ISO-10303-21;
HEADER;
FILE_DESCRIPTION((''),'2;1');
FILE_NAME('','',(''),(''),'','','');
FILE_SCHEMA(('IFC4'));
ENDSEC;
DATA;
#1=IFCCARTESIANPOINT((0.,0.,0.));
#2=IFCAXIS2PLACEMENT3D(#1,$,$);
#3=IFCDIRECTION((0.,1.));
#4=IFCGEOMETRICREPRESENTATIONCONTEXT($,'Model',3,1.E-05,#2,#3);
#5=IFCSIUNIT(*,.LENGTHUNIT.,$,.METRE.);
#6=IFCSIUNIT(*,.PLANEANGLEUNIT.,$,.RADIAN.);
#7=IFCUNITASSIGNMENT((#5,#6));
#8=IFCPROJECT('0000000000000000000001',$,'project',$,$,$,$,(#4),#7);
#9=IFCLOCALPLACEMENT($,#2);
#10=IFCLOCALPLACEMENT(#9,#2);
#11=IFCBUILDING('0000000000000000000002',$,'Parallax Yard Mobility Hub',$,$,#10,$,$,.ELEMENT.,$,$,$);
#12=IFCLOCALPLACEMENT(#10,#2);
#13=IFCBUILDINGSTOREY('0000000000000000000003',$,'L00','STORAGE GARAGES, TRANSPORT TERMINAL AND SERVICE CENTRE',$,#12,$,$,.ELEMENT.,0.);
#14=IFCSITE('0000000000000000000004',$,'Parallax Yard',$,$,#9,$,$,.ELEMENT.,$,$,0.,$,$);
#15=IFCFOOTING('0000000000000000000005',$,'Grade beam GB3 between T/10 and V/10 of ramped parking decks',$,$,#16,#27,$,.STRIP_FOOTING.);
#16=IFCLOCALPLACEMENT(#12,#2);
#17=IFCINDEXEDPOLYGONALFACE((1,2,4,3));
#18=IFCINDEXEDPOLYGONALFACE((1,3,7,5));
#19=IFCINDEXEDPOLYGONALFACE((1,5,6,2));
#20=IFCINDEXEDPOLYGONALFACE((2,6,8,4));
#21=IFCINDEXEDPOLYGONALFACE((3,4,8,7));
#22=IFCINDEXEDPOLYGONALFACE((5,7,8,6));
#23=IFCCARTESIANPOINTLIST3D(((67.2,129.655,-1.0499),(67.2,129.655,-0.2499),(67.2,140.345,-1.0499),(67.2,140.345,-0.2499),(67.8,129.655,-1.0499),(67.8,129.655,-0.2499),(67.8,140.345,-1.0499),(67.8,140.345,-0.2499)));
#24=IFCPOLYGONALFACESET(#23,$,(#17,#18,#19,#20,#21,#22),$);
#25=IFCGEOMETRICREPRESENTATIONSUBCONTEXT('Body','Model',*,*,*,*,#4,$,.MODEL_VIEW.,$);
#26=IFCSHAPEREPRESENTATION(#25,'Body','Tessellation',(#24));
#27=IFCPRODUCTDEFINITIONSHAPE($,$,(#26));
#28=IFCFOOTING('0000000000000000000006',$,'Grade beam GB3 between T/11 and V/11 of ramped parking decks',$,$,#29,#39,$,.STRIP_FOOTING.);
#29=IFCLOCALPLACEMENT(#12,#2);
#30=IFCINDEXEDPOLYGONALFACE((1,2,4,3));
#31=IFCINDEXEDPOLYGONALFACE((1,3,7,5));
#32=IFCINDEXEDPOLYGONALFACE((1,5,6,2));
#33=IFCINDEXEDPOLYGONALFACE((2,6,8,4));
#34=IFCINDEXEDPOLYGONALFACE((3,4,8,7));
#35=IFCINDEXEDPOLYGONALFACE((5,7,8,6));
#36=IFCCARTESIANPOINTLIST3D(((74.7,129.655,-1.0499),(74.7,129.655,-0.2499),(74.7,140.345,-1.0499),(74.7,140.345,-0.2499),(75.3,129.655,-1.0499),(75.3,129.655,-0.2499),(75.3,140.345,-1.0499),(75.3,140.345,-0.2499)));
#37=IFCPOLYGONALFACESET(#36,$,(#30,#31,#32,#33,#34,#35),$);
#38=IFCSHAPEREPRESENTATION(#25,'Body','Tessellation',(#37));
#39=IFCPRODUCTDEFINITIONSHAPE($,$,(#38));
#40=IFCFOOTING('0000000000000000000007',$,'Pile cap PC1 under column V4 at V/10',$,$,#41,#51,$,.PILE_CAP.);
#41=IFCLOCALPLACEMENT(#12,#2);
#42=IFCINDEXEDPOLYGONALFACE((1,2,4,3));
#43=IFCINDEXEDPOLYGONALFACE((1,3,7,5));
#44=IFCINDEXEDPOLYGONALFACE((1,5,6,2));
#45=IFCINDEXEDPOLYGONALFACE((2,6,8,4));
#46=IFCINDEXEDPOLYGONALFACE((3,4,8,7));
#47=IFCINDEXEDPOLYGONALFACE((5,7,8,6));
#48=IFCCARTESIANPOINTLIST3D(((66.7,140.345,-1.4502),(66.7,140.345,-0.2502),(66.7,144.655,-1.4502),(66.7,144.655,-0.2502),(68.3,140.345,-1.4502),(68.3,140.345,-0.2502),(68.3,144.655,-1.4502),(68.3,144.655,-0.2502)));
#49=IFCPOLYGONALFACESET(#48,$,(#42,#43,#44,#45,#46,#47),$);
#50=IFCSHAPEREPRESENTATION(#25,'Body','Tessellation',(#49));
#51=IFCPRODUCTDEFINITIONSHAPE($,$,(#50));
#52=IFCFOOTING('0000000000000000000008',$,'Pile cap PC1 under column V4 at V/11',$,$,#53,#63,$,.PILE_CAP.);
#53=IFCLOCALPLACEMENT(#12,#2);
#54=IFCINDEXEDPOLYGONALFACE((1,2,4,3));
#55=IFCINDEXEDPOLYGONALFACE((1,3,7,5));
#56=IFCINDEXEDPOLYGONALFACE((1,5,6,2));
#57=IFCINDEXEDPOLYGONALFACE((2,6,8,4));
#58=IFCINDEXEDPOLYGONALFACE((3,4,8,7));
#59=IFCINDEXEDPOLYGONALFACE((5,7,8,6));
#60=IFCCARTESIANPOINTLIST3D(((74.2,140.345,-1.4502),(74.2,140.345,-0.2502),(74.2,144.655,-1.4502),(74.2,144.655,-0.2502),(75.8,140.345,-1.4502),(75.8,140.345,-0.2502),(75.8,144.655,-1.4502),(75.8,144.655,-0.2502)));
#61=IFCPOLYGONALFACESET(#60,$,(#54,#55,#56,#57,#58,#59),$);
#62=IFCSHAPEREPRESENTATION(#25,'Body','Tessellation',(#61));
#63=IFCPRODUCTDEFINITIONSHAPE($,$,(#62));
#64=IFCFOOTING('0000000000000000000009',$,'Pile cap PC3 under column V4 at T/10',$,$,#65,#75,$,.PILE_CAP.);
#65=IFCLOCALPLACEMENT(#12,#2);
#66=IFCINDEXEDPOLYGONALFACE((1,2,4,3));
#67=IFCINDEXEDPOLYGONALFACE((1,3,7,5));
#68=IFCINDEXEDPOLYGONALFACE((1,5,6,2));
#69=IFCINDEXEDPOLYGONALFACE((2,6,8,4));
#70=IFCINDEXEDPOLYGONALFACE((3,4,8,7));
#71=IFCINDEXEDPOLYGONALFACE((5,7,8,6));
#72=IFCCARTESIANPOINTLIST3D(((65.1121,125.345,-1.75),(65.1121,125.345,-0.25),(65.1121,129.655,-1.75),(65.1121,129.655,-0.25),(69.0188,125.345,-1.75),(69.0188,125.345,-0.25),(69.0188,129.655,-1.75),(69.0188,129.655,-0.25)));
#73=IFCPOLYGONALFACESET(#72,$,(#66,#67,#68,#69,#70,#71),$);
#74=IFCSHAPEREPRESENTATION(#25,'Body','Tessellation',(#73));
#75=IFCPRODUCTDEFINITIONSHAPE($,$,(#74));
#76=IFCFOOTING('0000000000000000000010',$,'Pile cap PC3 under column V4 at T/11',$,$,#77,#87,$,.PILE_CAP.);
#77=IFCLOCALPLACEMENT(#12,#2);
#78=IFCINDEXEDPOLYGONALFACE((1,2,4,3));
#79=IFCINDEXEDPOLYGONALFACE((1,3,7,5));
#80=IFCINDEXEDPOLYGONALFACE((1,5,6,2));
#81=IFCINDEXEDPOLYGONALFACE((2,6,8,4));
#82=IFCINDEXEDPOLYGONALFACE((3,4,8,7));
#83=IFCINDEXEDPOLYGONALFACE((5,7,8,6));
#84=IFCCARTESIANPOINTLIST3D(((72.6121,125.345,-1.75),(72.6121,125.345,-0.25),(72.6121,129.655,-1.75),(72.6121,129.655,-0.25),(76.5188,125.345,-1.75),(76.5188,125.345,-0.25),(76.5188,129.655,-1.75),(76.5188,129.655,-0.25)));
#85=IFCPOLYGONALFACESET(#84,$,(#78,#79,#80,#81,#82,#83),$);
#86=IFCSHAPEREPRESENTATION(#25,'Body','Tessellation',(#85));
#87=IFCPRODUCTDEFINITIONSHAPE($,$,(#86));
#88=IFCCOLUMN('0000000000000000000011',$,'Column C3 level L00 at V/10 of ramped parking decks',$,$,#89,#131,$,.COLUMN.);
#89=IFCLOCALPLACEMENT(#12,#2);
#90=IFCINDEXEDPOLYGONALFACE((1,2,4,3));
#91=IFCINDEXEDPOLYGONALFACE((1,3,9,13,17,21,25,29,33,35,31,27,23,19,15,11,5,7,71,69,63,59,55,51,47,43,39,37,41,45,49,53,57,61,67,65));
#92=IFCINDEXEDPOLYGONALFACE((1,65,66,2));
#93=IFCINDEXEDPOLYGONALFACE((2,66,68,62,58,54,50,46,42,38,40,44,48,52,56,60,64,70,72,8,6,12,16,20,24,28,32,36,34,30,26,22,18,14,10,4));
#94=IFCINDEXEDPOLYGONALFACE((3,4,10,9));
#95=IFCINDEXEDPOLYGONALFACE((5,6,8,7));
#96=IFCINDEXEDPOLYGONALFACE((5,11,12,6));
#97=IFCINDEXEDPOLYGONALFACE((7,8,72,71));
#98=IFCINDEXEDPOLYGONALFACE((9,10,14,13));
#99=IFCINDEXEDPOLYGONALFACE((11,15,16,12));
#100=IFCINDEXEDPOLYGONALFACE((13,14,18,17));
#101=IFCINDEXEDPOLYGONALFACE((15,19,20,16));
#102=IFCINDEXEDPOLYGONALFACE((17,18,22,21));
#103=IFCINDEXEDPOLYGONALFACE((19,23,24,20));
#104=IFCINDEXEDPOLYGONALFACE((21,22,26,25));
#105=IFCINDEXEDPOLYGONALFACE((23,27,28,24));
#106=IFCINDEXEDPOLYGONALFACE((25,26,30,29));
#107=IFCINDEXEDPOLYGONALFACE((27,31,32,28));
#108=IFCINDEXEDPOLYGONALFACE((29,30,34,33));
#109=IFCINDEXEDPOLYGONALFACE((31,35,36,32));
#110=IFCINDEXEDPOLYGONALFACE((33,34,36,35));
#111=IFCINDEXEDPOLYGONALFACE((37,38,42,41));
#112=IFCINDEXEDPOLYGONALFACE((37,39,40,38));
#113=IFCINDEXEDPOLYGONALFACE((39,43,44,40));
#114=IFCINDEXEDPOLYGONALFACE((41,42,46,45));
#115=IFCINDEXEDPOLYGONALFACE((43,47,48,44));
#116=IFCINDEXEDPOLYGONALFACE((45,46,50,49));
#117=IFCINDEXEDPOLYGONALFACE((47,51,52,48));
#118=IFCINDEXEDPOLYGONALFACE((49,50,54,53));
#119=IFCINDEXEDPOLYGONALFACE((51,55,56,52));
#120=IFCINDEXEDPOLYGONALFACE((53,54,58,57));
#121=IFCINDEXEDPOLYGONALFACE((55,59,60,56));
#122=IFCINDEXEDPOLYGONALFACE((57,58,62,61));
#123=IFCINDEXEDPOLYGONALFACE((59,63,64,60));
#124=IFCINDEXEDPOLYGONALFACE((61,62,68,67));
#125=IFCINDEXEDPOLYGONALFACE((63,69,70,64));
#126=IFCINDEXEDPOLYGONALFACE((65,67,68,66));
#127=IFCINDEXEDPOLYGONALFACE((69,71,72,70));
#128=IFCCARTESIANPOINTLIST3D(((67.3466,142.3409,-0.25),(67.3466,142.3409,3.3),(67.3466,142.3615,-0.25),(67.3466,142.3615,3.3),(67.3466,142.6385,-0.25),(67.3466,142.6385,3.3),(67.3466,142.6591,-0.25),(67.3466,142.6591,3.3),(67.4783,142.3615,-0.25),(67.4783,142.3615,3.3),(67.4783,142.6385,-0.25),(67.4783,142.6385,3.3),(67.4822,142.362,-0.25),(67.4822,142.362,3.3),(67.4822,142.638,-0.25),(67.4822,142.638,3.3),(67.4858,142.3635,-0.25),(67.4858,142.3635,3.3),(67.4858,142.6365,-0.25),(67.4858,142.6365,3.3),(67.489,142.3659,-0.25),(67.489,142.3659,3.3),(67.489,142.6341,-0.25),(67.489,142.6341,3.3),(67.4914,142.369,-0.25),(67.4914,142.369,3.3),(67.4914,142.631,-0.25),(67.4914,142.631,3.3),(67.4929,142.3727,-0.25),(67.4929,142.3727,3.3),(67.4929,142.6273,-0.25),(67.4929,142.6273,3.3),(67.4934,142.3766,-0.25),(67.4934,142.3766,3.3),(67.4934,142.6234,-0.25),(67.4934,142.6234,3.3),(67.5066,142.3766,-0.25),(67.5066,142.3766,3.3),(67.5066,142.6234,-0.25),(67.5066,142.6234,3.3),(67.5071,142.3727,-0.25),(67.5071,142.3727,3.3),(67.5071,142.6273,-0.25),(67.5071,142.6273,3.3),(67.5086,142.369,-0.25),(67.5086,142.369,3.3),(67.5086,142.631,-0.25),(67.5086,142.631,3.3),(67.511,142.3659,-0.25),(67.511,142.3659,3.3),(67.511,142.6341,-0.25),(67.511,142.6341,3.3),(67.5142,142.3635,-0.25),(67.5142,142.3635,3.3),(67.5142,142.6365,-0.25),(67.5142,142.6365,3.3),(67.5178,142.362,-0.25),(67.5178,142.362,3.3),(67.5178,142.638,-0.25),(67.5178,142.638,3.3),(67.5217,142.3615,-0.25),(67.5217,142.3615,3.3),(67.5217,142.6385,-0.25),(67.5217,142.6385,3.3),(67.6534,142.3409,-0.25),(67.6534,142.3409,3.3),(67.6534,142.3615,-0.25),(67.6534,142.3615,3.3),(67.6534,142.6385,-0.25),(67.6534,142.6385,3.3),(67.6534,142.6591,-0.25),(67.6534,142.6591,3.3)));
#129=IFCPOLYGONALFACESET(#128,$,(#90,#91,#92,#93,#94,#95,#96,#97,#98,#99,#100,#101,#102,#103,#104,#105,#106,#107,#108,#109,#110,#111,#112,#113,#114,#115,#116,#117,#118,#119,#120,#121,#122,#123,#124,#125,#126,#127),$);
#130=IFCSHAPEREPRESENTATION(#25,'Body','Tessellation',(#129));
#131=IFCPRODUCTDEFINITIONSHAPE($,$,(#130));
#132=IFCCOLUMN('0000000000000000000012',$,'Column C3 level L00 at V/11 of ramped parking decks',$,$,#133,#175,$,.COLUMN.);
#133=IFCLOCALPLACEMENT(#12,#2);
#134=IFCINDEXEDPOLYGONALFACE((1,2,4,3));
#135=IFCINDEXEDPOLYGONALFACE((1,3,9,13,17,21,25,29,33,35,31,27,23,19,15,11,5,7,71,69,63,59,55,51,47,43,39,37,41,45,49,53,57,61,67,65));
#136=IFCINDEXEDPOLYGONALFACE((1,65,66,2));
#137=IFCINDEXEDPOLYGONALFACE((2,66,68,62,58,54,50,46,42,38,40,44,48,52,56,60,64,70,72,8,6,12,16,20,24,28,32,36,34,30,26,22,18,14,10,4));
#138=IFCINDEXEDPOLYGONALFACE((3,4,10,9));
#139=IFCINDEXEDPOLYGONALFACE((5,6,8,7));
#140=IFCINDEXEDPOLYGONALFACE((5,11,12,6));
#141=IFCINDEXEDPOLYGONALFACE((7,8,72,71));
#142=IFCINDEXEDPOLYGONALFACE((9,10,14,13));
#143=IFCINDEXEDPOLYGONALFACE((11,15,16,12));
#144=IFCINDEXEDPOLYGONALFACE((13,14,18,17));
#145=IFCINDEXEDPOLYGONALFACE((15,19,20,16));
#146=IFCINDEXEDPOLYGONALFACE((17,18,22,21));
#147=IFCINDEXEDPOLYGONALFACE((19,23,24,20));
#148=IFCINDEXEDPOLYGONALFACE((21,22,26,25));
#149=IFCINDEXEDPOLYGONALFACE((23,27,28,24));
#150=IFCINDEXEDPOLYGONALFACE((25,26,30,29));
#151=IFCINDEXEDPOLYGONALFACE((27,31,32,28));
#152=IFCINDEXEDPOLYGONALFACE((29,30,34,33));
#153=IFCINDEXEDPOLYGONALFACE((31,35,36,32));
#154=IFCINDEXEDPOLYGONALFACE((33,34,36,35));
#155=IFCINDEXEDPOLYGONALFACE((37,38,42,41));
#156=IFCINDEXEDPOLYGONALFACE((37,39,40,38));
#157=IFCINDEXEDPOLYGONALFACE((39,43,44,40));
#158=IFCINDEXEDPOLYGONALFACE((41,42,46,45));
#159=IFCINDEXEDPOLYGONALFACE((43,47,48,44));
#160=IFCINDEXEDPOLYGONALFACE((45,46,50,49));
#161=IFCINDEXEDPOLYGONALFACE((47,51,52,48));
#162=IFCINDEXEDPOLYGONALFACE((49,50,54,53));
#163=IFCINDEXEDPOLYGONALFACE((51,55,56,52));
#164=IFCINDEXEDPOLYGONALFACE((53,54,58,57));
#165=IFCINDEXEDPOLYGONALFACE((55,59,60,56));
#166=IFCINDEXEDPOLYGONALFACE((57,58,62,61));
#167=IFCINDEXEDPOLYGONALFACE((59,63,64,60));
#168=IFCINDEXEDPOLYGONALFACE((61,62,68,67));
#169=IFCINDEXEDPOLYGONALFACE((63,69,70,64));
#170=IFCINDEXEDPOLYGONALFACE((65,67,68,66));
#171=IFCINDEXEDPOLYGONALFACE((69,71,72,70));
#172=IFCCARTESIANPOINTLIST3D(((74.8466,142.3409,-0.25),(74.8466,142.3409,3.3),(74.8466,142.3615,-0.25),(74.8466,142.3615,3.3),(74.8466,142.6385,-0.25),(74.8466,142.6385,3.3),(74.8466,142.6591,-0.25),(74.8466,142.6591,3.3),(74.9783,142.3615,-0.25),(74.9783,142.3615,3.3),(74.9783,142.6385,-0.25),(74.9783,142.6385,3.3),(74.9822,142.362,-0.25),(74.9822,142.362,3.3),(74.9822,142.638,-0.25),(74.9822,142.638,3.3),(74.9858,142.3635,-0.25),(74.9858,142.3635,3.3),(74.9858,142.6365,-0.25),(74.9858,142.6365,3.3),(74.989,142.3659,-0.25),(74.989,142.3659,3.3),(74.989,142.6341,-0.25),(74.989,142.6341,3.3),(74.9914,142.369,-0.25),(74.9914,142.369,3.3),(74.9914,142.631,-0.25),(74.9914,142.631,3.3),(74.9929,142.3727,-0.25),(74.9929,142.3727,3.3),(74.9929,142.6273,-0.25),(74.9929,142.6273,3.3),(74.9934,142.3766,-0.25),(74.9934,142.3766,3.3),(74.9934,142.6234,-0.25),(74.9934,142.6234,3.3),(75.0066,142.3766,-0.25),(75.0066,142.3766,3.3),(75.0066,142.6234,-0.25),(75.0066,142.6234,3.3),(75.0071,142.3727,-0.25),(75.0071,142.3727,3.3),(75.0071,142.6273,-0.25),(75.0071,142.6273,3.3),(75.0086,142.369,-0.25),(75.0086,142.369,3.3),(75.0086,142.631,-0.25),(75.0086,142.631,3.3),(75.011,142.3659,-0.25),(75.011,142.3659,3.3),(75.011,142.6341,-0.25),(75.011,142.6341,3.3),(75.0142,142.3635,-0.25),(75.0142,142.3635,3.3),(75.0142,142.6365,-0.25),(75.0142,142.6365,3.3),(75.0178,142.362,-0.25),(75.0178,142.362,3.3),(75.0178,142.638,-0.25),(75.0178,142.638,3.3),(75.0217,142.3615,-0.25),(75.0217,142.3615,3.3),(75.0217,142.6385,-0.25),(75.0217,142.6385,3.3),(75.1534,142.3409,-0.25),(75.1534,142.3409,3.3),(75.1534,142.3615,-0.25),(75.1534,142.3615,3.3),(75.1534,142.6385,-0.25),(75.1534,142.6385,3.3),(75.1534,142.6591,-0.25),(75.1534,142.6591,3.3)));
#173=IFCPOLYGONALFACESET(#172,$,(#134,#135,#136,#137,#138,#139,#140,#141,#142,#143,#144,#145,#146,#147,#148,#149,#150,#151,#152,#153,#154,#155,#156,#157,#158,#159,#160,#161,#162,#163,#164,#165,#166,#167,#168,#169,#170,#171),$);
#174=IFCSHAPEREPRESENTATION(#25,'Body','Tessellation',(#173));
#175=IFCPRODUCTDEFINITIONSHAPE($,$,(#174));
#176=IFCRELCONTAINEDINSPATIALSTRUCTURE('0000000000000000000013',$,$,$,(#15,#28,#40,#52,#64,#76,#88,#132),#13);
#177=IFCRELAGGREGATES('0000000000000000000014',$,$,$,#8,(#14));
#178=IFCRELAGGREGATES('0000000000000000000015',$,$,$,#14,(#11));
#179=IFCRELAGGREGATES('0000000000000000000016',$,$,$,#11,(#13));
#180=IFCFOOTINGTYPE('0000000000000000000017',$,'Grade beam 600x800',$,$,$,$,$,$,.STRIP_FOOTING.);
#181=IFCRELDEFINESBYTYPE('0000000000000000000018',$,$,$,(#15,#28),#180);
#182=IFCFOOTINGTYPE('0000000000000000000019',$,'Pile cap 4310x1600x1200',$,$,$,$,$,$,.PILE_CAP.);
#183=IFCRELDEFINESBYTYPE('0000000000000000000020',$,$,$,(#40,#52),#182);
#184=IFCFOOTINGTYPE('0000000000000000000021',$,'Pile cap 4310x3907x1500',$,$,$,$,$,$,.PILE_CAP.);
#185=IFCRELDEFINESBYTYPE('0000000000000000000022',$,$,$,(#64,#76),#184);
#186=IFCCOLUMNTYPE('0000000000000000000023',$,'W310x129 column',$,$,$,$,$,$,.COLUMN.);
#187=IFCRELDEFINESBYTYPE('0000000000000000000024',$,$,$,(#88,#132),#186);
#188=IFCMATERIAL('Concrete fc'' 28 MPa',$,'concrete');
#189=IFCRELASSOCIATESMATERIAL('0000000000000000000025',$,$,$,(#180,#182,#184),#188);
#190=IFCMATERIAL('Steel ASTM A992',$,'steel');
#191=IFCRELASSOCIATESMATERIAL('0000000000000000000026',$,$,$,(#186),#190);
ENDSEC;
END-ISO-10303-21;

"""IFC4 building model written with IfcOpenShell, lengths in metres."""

from ifc_helpers import new_model, si_unit, direction, frame, origin, origin_2d, place, context, subcontext, project, spatial, rectangle, i_section, extrude, material, material_profile, profile_set, type_object, element, save


model = new_model("IFC4")

# Units and contexts
model_context = context("Model", 3, precision=1e-05, world=origin(), true_north=direction((0.0, 1.0)))
body_context = subcontext(model_context, "Body", "Model", "MODEL_VIEW")
ifc_project = project(units=[si_unit("LENGTHUNIT", "METRE"), si_unit("PLANEANGLEUNIT", "RADIAN")], contexts=[model_context])

# Site, building, storey
site_placement = place(None, origin())
site = spatial("IfcSite", under=ifc_project, at=site_placement, Name="Parallax Yard", CompositionType="ELEMENT", RefElevation=0.0)
building_placement = place(site_placement, origin())
building = spatial("IfcBuilding", under=site, at=building_placement, Name="Parallax Yard Mobility Hub", CompositionType="ELEMENT")
storey_placement = place(building_placement, origin())
storey = spatial("IfcBuildingStorey", under=building, at=storey_placement, Name="L00", Description="STORAGE GARAGES, TRANSPORT TERMINAL AND SERVICE CENTRE", CompositionType="ELEMENT", Elevation=0.0)

# Shared definitions
ifc_material_1 = material(Name="Concrete fc' 28 MPa", Category="concrete")

# Footings
ifc_material_profile_1 = material_profile(ifc_material_1, rectangle(XDim=0.6001, YDim=0.8, at=origin_2d()), Name="Grade beam 600x800")
ifc_profile_set_1 = profile_set([ifc_material_profile_1], Name="Concrete fc' 28 MPa")
footing_type_1 = type_object("IfcFootingType", Name="Grade beam 600x800", PredefinedType="STRIP_FOOTING", material=ifc_profile_set_1)
for number, where, z_axis, x_axis, name in (
    (1, (67.5, 129.655, -0.6499), (0.0, 1.0, 0.0), (-1.0, 0.0, 0.0), "Grade beam GB3 between T/10 and V/10 of ramped parking decks"),
    (2, (75.0, 129.655, -0.6499), (0.0, 1.0, 0.0), (-1.0, 0.0, 0.0), "Grade beam GB3 between T/11 and V/11 of ramped parking decks"),
):
    element("IfcFooting", number, at=place(storey_placement, frame(where, z_axis=z_axis, x_axis=x_axis)), inside=storey, type_object=footing_type_1, Name=name, PredefinedType="STRIP_FOOTING", context=body_context, shape_type="SweptSolid", body=[
        extrude(rectangle(XDim=0.6001, YDim=0.8, at=origin_2d()), origin(), (0.0, 0.0, 1.0), 10.6899),
    ])
footing_type_2 = type_object("IfcFootingType", Name="Pile cap 4310x1600x1200", PredefinedType="PILE_CAP", material=ifc_material_1)
for number, where, z_axis, x_axis, name in (
    (3, (67.5, 142.5, -1.4502), (0.0, 0.0, 1.0), (0.0, 1.0, 0.0), "Pile cap PC1 under column V4 at V/10"),
    (4, (75.0, 142.5, -1.4502), (0.0, 0.0, 1.0), (0.0, 1.0, 0.0), "Pile cap PC1 under column V4 at V/11"),
):
    element("IfcFooting", number, at=place(storey_placement, frame(where, z_axis=z_axis, x_axis=x_axis)), inside=storey, type_object=footing_type_2, Name=name, PredefinedType="PILE_CAP", context=body_context, shape_type="SweptSolid", body=[
        extrude(rectangle(XDim=4.3101, YDim=1.6001, at=origin_2d()), origin(), (0.0, 0.0, 1.0), 1.2),
    ])
footing_type_3 = type_object("IfcFootingType", Name="Pile cap 4310x3907x1500", PredefinedType="PILE_CAP", material=ifc_material_1)
for number, where, z_axis, x_axis, name in (
    (5, (67.0654, 127.5, -1.75), (0.0, 0.0, 1.0), (0.0, 1.0, 0.0), "Pile cap PC3 under column V4 at T/10"),
    (6, (74.5654, 127.5, -1.75), (0.0, 0.0, 1.0), (0.0, 1.0, 0.0), "Pile cap PC3 under column V4 at T/11"),
):
    element("IfcFooting", number, at=place(storey_placement, frame(where, z_axis=z_axis, x_axis=x_axis)), inside=storey, type_object=footing_type_3, Name=name, PredefinedType="PILE_CAP", context=body_context, shape_type="SweptSolid", body=[
        extrude(rectangle(XDim=4.3101, YDim=3.9067, at=origin_2d()), origin(), (0.0, 0.0, 1.0), 1.5),
    ])

# Columns
ifc_material_2 = material(Name="Steel ASTM A992", Category="steel")
ifc_material_profile_2 = material_profile(ifc_material_2, i_section(OverallWidth=0.3069, OverallDepth=0.3181, WebThickness=0.0132, FlangeThickness=0.0205, FilletRadius=0.0151, at=origin_2d()), Name="W310x129")
ifc_profile_set_2 = profile_set([ifc_material_profile_2], Name="Steel ASTM A992")
column_type_1 = type_object("IfcColumnType", Name="W310x129 column", PredefinedType="COLUMN", material=ifc_profile_set_2)
for number, where, z_axis, x_axis, name in (
    (7, (67.5, 142.5, -0.25), (0.0, 0.0, 1.0), (1.0, 0.0, 0.0), "Column C3 level L00 at V/10 of ramped parking decks"),
    (8, (75.0, 142.5, -0.25), (0.0, 0.0, 1.0), (1.0, 0.0, 0.0), "Column C3 level L00 at V/11 of ramped parking decks"),
):
    element("IfcColumn", number, at=place(storey_placement, frame(where, z_axis=z_axis, x_axis=x_axis)), inside=storey, type_object=column_type_1, Name=name, PredefinedType="COLUMN", context=body_context, shape_type="SweptSolid", body=[
        extrude(i_section(OverallWidth=0.3069, OverallDepth=0.3181, WebThickness=0.0132, FlangeThickness=0.0205, FilletRadius=0.0151, at=origin_2d()), origin(), (0.0, 0.0, 1.0), 3.55),
    ])

save(model, "model.ifc")
